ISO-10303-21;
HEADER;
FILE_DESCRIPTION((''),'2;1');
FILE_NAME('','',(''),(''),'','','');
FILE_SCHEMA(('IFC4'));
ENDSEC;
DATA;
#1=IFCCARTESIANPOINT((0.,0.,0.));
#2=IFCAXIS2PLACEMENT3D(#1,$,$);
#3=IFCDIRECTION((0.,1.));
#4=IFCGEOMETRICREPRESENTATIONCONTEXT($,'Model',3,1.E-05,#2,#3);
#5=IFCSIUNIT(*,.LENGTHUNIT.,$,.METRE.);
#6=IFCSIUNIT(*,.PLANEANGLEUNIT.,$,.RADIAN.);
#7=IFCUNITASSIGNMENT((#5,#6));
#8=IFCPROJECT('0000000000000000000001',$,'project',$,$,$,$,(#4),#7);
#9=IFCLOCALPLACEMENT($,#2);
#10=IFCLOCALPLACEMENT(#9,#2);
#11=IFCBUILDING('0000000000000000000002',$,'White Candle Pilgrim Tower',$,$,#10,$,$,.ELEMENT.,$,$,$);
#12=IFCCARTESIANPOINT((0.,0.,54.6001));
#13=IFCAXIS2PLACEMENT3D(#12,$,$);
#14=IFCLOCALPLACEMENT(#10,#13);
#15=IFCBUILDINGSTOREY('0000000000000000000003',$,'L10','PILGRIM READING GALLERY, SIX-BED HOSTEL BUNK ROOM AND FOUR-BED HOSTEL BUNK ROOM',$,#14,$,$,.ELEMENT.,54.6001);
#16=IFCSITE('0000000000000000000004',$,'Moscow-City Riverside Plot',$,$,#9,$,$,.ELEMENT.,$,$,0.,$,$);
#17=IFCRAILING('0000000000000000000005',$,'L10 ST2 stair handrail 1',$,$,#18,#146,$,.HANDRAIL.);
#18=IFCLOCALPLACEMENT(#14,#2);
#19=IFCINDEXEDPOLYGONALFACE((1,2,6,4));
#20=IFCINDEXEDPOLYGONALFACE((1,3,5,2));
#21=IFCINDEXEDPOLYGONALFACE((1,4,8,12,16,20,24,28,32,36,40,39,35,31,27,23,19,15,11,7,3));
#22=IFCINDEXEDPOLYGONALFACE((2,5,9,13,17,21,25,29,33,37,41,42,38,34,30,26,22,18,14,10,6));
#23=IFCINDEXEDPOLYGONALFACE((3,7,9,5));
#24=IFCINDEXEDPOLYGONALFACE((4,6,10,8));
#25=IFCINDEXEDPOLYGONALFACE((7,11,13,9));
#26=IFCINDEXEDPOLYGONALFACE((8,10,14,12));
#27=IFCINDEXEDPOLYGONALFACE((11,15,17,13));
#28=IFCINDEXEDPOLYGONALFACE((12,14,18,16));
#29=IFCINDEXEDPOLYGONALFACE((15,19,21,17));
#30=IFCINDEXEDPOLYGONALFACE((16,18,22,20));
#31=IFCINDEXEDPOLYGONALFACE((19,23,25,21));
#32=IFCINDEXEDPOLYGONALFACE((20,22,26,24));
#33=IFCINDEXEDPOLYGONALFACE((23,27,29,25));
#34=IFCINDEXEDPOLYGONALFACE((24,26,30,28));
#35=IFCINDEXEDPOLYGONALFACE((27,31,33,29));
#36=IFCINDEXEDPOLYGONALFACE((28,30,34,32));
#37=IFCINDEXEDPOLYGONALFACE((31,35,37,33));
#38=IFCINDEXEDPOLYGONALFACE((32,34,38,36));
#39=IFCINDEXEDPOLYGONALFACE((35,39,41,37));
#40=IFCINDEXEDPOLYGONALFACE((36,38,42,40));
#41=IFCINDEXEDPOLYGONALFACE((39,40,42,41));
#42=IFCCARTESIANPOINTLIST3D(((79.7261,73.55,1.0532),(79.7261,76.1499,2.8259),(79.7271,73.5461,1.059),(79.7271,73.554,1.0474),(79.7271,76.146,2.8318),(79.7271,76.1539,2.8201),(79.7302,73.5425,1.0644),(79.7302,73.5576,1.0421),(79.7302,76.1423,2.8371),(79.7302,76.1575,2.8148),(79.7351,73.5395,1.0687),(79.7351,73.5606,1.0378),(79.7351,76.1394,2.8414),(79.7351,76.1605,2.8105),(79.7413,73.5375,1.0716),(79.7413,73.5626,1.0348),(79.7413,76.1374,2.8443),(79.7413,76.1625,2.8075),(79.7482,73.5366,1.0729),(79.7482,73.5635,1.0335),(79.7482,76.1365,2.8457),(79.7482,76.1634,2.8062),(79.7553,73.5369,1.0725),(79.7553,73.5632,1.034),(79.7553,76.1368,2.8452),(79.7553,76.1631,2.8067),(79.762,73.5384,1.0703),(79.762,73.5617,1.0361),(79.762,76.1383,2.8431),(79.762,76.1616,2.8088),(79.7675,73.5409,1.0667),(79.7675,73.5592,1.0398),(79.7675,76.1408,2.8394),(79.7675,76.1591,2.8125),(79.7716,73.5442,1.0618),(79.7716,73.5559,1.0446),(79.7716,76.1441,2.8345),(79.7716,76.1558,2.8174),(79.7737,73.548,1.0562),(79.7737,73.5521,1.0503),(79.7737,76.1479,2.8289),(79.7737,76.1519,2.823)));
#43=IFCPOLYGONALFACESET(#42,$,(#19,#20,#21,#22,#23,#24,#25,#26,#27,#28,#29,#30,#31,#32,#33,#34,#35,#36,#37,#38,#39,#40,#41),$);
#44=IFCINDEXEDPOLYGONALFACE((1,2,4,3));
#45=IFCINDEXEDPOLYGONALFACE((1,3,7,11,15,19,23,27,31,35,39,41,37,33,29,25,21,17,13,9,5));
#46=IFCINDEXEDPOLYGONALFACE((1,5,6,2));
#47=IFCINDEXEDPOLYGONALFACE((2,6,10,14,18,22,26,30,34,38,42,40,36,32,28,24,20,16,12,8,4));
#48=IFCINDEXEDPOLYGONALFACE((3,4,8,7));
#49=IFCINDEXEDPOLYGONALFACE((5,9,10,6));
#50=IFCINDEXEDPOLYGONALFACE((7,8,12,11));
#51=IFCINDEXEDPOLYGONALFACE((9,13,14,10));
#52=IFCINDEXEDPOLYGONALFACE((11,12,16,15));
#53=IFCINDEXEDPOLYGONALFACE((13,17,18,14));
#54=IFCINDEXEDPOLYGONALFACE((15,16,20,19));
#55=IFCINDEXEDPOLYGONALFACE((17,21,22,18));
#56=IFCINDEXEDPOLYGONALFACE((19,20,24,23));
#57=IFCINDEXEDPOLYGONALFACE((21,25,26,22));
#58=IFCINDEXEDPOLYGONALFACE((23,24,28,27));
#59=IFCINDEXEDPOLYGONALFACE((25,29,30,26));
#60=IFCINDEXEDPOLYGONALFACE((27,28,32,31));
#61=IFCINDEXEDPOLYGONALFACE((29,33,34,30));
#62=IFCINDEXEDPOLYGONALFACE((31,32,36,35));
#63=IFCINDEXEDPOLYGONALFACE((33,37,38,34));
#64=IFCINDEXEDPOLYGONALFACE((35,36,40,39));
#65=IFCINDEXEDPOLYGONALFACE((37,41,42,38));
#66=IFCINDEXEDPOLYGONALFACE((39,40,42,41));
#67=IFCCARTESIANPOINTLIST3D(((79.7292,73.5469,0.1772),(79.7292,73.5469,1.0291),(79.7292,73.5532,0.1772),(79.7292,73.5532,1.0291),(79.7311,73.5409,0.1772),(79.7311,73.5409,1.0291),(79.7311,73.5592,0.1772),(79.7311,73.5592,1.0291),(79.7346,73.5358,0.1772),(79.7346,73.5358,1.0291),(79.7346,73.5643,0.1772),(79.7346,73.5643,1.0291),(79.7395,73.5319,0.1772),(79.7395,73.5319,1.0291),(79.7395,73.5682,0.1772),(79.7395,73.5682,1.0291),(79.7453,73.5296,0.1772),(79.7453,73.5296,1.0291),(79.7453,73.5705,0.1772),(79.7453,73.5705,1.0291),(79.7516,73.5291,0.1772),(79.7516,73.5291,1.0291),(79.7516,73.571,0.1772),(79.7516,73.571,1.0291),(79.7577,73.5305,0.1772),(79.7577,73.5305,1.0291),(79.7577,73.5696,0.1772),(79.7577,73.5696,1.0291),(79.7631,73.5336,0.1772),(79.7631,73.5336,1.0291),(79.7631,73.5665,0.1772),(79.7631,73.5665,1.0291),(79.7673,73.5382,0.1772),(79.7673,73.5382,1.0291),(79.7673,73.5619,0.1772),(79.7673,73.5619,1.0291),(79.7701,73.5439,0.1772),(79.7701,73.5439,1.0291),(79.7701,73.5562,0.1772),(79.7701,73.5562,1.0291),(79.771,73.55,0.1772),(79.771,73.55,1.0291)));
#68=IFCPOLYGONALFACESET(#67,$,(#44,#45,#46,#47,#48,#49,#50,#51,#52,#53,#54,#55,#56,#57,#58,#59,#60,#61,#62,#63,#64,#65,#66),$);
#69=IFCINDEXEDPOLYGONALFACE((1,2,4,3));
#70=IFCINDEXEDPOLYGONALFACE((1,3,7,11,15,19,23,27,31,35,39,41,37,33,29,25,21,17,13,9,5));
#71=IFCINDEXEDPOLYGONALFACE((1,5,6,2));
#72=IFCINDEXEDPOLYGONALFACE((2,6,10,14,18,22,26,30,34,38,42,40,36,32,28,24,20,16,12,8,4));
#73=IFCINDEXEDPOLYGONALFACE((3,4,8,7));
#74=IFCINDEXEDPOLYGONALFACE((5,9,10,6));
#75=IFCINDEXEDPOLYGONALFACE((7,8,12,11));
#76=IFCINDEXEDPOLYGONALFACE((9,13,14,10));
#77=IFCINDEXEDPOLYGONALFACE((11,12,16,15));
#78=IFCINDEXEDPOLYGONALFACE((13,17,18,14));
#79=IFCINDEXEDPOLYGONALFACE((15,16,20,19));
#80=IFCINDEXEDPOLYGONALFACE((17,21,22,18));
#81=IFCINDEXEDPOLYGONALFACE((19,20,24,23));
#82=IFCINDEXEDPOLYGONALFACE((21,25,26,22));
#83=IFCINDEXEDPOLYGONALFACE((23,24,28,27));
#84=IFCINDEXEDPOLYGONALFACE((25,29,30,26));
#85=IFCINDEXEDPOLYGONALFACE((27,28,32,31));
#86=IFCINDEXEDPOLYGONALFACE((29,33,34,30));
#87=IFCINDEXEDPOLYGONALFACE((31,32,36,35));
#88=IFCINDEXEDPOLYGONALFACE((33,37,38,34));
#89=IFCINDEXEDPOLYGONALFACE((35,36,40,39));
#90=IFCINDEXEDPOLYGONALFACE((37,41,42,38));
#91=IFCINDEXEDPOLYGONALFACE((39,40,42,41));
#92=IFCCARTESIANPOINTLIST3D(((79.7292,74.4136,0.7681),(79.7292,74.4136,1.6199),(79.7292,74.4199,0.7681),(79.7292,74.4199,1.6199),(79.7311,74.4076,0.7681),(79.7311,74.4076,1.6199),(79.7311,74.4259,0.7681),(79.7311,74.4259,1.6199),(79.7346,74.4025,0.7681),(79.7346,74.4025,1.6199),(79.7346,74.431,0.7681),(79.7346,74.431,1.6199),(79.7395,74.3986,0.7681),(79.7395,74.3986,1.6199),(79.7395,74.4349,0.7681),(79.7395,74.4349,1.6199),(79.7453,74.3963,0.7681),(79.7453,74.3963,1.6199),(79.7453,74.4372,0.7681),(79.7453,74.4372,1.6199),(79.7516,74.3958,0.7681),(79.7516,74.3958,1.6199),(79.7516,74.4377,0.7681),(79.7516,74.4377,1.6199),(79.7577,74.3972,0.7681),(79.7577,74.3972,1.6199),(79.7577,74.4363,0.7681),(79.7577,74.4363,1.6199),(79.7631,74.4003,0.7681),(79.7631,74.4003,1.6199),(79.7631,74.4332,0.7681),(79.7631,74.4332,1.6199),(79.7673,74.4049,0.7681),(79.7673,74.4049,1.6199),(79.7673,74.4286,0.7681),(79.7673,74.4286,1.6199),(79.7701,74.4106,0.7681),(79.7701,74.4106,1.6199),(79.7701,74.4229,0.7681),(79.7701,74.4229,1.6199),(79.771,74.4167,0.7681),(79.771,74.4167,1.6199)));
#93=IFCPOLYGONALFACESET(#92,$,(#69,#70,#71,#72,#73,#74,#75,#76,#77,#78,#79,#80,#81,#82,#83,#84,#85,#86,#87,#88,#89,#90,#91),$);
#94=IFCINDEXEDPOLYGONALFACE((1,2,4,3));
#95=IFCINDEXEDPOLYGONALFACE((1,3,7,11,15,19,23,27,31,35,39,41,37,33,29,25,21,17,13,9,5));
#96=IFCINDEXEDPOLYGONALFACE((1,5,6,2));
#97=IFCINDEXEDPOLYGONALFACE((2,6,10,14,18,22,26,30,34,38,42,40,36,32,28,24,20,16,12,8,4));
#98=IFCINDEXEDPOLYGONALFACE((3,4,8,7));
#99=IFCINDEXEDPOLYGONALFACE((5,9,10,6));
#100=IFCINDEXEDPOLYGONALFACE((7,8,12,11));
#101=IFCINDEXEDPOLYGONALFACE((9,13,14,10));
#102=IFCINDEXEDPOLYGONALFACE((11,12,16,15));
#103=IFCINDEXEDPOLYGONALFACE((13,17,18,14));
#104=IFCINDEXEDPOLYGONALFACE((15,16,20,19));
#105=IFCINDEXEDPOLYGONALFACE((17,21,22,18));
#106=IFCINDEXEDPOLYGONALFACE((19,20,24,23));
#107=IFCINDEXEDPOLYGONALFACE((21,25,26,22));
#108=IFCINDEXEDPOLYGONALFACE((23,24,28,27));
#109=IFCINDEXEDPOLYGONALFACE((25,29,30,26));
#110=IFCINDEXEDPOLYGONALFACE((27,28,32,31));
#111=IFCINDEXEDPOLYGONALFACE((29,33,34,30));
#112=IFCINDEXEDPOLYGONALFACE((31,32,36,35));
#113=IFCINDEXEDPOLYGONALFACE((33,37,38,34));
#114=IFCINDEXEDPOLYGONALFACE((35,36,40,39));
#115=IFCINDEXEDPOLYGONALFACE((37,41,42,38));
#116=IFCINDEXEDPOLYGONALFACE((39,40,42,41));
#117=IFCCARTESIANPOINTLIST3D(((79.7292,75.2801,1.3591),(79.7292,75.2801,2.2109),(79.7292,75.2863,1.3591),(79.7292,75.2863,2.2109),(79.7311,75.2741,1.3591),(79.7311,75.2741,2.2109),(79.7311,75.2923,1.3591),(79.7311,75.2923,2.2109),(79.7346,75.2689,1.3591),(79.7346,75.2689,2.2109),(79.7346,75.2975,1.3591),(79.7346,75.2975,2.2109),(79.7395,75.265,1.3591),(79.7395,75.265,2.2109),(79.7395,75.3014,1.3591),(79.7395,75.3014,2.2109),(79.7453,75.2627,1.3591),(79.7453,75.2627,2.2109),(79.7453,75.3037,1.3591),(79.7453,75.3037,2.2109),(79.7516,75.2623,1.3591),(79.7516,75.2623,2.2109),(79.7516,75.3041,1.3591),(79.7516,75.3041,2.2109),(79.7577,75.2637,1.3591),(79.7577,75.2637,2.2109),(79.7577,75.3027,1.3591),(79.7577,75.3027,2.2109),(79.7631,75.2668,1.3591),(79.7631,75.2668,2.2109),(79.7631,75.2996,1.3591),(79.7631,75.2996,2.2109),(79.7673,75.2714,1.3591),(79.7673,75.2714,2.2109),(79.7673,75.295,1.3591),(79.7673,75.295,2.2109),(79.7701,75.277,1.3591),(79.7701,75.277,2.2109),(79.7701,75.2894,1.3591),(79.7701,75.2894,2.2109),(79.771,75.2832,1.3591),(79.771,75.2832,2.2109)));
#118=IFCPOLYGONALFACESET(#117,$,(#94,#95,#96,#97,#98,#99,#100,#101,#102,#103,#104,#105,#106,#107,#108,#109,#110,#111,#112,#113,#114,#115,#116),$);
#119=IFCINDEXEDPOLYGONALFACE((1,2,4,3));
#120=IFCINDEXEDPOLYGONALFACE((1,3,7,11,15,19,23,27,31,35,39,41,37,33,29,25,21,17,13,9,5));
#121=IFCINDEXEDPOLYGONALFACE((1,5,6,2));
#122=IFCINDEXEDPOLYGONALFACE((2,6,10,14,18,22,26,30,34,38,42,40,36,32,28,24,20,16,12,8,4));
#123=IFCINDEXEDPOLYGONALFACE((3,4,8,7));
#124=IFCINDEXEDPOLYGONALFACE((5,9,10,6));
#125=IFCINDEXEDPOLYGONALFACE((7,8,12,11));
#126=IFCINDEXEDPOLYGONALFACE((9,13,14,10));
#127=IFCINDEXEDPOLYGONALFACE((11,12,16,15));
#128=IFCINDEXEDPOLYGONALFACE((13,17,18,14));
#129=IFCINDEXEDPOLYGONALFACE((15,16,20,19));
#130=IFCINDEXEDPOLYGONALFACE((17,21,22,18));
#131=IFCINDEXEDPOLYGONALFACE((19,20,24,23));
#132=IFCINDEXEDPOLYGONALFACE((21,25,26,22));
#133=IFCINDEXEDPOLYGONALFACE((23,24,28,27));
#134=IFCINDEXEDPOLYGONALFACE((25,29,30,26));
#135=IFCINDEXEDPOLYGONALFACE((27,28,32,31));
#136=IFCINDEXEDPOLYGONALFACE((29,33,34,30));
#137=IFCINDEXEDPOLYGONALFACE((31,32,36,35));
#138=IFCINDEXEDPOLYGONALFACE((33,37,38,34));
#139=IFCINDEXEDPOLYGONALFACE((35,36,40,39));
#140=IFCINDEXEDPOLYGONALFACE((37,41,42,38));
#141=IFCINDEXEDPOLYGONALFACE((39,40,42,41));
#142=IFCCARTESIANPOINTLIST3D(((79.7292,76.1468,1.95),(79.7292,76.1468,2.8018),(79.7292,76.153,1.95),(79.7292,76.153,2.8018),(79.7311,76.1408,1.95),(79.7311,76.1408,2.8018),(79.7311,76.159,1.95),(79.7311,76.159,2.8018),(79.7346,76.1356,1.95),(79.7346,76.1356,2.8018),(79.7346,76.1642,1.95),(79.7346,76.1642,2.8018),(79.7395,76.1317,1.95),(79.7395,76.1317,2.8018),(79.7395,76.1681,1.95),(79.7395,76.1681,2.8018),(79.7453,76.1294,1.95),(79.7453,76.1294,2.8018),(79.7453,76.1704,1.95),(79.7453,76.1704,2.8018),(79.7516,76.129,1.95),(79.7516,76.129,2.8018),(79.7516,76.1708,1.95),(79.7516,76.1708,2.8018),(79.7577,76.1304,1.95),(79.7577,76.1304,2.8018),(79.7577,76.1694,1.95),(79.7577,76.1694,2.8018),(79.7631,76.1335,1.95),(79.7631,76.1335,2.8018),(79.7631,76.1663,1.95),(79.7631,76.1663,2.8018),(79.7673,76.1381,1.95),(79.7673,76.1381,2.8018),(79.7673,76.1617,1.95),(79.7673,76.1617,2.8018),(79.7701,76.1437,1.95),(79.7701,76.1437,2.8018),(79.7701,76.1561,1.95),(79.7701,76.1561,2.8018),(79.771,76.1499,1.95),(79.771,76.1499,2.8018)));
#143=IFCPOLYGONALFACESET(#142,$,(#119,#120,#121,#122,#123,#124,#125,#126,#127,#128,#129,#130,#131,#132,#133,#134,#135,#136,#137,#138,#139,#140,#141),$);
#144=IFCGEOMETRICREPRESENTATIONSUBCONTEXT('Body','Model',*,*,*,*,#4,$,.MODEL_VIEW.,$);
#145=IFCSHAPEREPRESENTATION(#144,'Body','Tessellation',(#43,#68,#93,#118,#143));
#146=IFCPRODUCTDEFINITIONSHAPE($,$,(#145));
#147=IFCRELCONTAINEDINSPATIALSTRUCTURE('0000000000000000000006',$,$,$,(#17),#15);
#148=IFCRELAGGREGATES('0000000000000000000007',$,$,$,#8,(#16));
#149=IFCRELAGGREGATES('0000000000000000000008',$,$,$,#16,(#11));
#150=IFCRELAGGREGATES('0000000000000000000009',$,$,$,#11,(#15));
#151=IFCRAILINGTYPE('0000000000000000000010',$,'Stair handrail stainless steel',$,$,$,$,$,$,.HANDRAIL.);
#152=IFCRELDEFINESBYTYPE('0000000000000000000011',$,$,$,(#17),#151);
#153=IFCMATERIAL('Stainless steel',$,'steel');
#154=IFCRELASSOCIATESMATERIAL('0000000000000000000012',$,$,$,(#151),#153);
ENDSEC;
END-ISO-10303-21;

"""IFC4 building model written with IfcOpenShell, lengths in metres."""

from ifc_helpers import new_model, si_unit, direction, frame, origin, origin_2d, place, context, subcontext, project, spatial, circle, extrude, material, type_object, element, save


model = new_model("IFC4")

# Units and contexts
model_context = context("Model", 3, precision=1e-05, world=origin(), true_north=direction((0.0, 1.0)))
body_context = subcontext(model_context, "Body", "Model", "MODEL_VIEW")
ifc_project = project(units=[si_unit("LENGTHUNIT", "METRE"), si_unit("PLANEANGLEUNIT", "RADIAN")], contexts=[model_context])

# Site, building, storey
site_placement = place(None, origin())
site = spatial("IfcSite", under=ifc_project, at=site_placement, Name="Moscow-City Riverside Plot", CompositionType="ELEMENT", RefElevation=0.0)
building_placement = place(site_placement, origin())
building = spatial("IfcBuilding", under=site, at=building_placement, Name="White Candle Pilgrim Tower", CompositionType="ELEMENT")
storey_placement = place(building_placement, frame((0.0, 0.0, 54.6001)))
storey = spatial("IfcBuildingStorey", under=building, at=storey_placement, Name="L10", Description="PILGRIM READING GALLERY, SIX-BED HOSTEL BUNK ROOM AND FOUR-BED HOSTEL BUNK ROOM", CompositionType="ELEMENT", Elevation=54.6001)

# Railing
ifc_material_1 = material(Name="Stainless steel", Category="steel")
railing_type_1 = type_object("IfcRailingType", Name="Stair handrail stainless steel", PredefinedType="HANDRAIL", material=ifc_material_1)
railing_1_placement = place(storey_placement, frame((79.75, 73.55, 0.1772)))
element("IfcRailing", 1, at=railing_1_placement, inside=storey, type_object=railing_type_1, Name="L10 ST2 stair handrail 1", PredefinedType="HANDRAIL", context=body_context, shape_type="SweptSolid", body=[
    extrude(circle(Radius=0.0239, at=origin_2d()), frame((0.0, 0.0, 0.876), z_axis=(0.0, 0.826216, 0.563354), x_axis=(-1.0, 0.0, 0.0)), (0.0, 0.0, 1.0), 3.1467),
    extrude(circle(Radius=0.021, at=origin_2d()), origin(), (0.0, 0.0, 1.0), 0.8518),
    extrude(circle(Radius=0.021, at=origin_2d()), frame((0.0, 0.8667, 0.5908)), (0.0, 0.0, 1.0), 0.8518),
    extrude(circle(Radius=0.021, at=origin_2d()), frame((0.0, 1.7332, 1.1819)), (0.0, 0.0, 1.0), 0.8518),
    extrude(circle(Radius=0.021, at=origin_2d()), frame((0.0, 2.5999, 1.7727)), (0.0, 0.0, 1.0), 0.8518),
])

save(model, "model.ifc")
